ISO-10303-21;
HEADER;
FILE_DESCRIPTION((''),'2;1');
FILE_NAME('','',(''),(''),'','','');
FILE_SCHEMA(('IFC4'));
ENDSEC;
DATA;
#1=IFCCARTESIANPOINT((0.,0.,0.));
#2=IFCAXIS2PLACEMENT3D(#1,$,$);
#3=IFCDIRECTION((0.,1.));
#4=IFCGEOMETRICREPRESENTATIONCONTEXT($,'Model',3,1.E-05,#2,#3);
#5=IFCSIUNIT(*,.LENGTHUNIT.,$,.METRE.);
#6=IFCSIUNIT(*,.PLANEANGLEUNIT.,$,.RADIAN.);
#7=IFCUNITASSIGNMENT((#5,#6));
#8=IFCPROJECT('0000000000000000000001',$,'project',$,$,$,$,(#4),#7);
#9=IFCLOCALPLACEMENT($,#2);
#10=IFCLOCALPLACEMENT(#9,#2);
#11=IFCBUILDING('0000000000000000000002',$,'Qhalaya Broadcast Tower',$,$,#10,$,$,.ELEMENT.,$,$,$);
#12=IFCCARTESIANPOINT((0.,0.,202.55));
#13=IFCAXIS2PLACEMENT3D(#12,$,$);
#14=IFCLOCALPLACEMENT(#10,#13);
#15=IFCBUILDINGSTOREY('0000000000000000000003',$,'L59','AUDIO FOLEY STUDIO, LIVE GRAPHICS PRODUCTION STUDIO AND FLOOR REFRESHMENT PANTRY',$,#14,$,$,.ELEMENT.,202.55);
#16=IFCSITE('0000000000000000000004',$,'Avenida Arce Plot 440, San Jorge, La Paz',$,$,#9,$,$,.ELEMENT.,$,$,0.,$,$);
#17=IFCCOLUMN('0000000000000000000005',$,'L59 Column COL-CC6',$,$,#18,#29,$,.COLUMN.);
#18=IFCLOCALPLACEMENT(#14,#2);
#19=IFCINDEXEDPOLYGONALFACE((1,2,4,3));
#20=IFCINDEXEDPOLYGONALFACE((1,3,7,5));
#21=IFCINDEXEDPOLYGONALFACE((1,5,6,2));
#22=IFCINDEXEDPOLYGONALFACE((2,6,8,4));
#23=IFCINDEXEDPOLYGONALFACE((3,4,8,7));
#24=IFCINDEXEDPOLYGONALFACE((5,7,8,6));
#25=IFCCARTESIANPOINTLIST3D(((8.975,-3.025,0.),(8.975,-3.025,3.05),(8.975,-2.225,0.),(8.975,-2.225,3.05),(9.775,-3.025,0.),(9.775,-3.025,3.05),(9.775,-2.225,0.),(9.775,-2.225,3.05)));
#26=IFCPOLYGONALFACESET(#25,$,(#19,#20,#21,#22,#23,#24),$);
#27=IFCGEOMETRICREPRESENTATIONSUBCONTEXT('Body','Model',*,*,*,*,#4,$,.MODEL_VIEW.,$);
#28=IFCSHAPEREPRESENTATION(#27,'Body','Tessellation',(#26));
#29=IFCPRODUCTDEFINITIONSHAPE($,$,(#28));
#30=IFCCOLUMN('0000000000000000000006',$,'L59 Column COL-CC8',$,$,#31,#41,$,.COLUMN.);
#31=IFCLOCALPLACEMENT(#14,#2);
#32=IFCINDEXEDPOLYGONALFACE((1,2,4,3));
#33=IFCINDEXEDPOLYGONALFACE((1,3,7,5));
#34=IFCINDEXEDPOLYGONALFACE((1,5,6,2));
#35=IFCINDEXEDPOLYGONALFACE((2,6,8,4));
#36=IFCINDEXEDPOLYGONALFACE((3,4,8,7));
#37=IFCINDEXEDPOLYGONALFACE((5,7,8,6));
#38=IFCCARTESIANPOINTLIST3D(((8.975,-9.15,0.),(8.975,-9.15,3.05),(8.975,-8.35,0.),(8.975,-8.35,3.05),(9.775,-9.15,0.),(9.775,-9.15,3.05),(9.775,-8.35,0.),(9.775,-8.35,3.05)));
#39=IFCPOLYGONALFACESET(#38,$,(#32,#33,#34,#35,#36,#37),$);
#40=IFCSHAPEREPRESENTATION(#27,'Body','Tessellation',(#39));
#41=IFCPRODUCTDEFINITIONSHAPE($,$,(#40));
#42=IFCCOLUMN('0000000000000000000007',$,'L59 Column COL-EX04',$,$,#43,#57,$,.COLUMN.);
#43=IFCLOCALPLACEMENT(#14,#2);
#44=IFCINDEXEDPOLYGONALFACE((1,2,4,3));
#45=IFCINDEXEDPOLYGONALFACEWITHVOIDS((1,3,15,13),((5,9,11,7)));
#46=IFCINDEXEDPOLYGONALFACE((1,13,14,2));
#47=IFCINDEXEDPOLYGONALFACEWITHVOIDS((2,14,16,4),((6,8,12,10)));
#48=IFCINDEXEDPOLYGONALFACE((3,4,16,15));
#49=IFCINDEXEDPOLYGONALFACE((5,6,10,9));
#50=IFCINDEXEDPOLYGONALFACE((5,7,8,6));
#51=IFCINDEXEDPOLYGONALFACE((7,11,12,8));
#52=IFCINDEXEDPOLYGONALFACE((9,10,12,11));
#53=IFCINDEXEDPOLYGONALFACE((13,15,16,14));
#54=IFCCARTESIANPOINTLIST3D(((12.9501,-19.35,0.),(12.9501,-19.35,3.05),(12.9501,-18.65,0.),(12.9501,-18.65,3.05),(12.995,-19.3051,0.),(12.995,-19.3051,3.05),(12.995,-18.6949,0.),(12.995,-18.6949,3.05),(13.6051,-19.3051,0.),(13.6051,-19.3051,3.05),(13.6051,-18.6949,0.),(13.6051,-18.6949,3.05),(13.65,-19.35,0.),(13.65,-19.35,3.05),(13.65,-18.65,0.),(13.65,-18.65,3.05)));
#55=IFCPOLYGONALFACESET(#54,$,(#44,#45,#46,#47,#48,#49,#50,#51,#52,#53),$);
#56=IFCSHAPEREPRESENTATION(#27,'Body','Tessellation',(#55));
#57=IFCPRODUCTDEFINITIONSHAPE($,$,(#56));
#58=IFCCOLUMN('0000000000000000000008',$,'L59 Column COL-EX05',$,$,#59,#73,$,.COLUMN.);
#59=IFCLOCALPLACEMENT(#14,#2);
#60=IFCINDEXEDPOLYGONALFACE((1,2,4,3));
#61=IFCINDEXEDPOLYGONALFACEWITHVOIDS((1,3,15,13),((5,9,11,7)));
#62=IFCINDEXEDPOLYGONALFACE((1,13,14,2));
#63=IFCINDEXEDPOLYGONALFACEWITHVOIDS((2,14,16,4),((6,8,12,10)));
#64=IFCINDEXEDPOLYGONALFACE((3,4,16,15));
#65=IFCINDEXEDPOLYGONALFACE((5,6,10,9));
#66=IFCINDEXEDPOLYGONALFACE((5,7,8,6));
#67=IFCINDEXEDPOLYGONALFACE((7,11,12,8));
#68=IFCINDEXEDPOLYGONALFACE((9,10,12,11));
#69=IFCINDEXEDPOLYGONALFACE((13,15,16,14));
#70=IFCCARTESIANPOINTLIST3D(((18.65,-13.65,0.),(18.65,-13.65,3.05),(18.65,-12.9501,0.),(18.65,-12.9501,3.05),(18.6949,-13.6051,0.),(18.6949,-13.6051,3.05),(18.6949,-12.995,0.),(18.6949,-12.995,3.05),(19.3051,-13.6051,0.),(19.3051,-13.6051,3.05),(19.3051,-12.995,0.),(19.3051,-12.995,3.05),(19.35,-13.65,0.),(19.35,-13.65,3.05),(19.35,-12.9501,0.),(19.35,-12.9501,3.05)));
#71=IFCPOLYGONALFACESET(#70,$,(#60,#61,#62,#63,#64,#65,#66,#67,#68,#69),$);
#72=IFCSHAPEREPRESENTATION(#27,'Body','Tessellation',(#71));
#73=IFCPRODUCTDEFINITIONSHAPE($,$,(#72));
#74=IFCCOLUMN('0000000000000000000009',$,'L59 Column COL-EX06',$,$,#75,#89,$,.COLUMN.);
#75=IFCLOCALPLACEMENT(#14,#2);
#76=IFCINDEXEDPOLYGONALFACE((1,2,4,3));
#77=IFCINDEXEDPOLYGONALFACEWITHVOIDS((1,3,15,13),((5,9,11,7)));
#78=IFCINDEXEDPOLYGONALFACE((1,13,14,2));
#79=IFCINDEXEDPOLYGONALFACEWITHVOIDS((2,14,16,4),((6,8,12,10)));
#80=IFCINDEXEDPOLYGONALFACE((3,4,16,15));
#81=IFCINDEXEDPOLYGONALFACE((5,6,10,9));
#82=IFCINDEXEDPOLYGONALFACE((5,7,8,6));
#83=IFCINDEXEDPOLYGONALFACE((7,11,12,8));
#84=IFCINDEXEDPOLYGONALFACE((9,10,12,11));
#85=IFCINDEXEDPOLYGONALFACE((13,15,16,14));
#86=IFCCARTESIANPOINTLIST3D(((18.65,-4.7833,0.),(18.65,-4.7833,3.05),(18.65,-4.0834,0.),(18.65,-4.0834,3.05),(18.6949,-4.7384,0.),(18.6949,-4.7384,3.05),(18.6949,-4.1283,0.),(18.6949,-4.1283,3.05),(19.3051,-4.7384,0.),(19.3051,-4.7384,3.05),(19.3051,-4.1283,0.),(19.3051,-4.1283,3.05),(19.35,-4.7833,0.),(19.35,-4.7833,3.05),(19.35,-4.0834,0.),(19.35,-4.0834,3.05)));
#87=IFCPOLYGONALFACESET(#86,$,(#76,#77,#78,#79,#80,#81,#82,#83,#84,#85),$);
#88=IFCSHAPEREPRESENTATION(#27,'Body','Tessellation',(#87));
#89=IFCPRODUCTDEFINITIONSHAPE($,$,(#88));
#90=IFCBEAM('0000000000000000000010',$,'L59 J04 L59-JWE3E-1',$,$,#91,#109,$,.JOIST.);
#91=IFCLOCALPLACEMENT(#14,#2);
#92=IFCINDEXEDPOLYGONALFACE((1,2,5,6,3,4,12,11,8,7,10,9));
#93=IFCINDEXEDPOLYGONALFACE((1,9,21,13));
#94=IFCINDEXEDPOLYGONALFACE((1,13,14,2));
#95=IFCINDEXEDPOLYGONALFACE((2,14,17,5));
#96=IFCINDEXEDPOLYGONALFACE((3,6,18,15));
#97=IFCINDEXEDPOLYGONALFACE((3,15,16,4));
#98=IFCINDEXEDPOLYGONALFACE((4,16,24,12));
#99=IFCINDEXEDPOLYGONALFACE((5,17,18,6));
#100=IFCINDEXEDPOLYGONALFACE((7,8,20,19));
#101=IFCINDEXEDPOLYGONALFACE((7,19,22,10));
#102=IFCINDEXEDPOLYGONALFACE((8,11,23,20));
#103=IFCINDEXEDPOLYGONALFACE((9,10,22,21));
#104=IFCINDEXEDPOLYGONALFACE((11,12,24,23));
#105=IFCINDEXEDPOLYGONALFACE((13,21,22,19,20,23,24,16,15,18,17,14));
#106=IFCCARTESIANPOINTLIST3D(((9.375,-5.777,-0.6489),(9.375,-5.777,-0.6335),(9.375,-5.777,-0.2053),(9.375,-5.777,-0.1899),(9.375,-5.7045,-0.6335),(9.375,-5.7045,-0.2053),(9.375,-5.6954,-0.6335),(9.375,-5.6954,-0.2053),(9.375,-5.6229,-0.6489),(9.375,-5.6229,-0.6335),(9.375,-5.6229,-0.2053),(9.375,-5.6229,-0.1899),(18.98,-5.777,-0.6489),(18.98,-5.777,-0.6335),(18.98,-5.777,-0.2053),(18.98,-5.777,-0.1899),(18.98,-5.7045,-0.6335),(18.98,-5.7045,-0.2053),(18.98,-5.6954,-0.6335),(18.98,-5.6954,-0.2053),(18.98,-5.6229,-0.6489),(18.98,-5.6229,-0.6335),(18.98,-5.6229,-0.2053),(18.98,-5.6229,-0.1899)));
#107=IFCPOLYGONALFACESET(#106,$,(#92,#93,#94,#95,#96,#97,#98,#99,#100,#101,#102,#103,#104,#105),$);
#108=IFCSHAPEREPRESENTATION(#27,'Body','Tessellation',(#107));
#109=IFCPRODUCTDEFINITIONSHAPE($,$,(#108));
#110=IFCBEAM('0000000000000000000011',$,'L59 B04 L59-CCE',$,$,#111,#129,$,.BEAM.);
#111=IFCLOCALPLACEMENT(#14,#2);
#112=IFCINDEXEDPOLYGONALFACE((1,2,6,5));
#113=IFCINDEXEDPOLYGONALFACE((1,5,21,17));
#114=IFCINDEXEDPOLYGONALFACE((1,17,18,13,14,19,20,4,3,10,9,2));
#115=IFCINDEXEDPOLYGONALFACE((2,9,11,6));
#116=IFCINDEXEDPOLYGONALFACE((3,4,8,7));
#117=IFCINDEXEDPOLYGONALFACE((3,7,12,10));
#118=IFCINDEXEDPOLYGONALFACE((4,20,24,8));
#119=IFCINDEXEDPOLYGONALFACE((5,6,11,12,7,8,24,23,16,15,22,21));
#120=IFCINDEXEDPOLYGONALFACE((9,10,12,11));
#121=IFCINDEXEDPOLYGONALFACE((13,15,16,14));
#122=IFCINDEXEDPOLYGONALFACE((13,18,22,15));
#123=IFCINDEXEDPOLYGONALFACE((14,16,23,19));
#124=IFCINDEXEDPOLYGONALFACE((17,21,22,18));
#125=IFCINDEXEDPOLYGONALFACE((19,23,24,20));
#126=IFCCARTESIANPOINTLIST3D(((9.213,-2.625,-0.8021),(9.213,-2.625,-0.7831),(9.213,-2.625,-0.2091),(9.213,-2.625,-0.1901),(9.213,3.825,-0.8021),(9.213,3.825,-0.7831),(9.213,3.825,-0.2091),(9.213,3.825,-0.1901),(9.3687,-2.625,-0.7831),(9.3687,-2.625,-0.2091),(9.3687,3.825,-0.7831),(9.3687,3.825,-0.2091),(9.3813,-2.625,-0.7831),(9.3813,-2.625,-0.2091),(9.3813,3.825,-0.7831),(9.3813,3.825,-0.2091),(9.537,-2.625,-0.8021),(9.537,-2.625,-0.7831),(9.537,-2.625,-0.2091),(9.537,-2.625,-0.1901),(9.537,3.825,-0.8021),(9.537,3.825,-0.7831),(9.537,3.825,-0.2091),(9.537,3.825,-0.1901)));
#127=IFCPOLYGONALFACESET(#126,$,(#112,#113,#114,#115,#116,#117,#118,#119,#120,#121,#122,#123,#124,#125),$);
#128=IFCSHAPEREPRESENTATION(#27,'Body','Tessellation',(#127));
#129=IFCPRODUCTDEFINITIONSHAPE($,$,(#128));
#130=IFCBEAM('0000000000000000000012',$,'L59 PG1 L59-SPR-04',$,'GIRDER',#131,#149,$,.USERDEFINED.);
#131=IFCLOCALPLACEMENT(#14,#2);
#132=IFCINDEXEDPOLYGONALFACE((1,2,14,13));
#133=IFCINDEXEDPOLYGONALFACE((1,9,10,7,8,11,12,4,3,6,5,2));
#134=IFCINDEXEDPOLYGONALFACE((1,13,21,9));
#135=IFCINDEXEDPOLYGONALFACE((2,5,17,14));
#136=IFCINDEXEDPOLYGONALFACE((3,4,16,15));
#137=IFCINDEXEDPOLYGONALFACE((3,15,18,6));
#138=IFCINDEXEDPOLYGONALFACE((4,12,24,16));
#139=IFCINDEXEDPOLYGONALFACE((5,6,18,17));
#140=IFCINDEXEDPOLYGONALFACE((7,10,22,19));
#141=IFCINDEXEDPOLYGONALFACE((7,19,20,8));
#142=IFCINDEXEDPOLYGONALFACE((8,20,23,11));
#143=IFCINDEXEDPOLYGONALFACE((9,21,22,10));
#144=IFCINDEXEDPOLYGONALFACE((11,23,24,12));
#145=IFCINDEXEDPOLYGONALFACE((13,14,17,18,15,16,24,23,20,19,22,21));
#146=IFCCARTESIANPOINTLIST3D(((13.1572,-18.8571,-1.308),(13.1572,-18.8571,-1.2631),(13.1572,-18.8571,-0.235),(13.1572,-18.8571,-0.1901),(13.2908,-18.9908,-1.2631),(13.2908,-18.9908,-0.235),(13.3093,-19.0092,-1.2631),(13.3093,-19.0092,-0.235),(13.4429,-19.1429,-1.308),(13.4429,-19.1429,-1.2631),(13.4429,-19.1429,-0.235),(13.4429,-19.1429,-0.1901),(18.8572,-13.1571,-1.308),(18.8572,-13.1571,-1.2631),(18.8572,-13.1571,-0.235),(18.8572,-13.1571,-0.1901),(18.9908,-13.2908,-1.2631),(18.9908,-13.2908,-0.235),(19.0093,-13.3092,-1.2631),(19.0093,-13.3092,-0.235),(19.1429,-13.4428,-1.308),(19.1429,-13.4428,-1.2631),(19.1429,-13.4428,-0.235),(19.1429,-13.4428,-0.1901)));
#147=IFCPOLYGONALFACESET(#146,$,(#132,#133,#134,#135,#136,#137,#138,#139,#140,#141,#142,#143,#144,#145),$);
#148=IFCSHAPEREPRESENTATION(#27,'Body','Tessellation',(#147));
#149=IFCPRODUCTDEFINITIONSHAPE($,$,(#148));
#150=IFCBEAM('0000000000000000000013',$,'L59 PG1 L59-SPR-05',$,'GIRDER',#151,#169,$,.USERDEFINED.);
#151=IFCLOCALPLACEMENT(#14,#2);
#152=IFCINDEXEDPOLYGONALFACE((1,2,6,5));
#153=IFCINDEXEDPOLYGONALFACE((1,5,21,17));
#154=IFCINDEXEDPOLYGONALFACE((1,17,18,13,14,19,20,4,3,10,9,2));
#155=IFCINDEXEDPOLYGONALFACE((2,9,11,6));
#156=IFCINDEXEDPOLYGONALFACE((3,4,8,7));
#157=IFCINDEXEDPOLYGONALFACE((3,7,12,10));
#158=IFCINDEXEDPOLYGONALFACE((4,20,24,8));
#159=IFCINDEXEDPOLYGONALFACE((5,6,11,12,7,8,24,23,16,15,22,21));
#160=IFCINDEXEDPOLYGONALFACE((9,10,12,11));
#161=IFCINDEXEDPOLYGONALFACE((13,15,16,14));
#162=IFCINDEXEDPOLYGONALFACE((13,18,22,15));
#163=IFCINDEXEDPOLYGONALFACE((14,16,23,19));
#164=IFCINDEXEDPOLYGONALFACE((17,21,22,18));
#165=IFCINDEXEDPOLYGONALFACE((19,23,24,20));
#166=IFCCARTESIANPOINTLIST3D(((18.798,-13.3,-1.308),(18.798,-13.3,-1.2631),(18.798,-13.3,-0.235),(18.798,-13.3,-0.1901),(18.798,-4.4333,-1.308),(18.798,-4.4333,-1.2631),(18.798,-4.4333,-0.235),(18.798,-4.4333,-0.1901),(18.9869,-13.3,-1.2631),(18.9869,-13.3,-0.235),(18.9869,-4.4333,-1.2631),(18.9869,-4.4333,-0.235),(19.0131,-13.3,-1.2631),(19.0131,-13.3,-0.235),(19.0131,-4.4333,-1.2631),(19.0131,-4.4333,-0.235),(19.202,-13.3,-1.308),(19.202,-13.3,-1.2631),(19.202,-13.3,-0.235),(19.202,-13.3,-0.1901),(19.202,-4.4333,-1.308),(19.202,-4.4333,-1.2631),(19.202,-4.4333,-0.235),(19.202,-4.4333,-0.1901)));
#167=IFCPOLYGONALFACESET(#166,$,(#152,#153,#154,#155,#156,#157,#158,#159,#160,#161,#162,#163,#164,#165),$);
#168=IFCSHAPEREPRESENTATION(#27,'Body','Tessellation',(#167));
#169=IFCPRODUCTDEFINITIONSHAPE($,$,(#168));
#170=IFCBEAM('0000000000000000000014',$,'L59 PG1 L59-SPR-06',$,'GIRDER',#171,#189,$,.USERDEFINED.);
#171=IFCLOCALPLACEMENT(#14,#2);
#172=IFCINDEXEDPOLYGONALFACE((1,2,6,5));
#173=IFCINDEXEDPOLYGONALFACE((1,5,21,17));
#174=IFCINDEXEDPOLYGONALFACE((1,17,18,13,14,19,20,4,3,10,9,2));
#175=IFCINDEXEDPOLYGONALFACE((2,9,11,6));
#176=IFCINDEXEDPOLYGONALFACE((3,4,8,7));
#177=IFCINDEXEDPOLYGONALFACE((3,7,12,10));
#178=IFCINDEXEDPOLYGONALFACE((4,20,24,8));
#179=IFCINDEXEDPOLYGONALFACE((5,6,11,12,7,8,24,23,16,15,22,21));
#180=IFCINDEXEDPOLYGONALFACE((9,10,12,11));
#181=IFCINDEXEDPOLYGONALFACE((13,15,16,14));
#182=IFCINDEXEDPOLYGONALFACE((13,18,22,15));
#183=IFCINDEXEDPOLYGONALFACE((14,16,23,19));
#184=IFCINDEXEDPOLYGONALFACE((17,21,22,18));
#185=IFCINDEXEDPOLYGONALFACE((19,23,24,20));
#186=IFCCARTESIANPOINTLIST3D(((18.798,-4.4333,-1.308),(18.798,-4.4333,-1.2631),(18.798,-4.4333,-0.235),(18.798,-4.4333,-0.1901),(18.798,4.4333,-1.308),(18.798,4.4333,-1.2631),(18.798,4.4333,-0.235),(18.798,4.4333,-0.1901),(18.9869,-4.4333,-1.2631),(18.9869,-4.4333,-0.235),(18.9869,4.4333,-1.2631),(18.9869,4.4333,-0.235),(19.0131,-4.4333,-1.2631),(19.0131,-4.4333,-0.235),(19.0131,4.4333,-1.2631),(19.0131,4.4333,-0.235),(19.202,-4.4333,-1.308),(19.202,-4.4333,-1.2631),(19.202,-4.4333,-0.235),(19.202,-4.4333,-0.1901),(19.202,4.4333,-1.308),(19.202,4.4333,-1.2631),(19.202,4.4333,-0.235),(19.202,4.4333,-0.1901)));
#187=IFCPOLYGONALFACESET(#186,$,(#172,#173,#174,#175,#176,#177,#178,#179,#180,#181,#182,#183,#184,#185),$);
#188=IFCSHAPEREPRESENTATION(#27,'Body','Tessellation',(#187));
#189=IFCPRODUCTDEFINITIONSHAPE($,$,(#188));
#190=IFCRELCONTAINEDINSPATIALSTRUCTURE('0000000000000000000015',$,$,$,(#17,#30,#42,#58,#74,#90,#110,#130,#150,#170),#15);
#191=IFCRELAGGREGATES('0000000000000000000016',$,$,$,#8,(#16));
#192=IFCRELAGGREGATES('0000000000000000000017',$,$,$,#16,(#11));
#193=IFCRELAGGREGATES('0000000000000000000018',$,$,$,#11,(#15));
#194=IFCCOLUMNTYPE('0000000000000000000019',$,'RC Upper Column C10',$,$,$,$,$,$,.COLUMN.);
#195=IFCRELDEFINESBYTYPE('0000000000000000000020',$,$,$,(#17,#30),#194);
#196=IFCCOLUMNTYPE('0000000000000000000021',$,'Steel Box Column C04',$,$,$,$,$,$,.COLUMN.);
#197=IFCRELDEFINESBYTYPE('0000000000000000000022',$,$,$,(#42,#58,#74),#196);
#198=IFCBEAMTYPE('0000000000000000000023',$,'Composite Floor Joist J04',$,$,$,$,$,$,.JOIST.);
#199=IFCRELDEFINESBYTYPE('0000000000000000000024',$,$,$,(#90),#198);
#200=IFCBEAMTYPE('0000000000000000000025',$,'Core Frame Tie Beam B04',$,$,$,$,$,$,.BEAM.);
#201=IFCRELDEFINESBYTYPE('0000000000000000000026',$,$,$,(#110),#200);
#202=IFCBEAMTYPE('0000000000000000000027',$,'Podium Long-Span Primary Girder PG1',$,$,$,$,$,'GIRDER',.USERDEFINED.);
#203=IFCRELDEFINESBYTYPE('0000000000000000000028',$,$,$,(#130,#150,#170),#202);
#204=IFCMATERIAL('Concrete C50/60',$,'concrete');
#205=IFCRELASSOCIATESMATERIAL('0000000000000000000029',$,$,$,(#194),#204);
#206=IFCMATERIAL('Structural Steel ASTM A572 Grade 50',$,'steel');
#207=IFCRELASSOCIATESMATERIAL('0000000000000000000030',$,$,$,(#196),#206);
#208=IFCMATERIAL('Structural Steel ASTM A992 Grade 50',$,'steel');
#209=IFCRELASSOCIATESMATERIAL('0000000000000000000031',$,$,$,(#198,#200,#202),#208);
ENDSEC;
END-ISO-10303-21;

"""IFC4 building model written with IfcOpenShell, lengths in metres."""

from ifc_helpers import new_model, si_unit, direction, frame, origin, origin_2d, place, context, subcontext, project, spatial, rectangle, hollow_rectangle, i_section, extrude, material, material_profile, profile_set, type_object, element, save


model = new_model("IFC4")

# Units and contexts
model_context = context("Model", 3, precision=1e-05, world=origin(), true_north=direction((0.0, 1.0)))
body_context = subcontext(model_context, "Body", "Model", "MODEL_VIEW")
ifc_project = project(units=[si_unit("LENGTHUNIT", "METRE"), si_unit("PLANEANGLEUNIT", "RADIAN")], contexts=[model_context])

# Site, building, storey
site_placement = place(None, origin())
site = spatial("IfcSite", under=ifc_project, at=site_placement, Name="Avenida Arce Plot 440, San Jorge, La Paz", CompositionType="ELEMENT", RefElevation=0.0)
building_placement = place(site_placement, origin())
building = spatial("IfcBuilding", under=site, at=building_placement, Name="Qhalaya Broadcast Tower", CompositionType="ELEMENT")
storey_placement = place(building_placement, frame((0.0, 0.0, 202.55)))
storey = spatial("IfcBuildingStorey", under=building, at=storey_placement, Name="L59", Description="AUDIO FOLEY STUDIO, LIVE GRAPHICS PRODUCTION STUDIO AND FLOOR REFRESHMENT PANTRY", CompositionType="ELEMENT", Elevation=202.55)

# Columns
ifc_material_1 = material(Name="Concrete C50/60", Category="concrete")
ifc_material_profile_1 = material_profile(ifc_material_1, rectangle(XDim=0.8, YDim=0.8, at=origin_2d()), Name="RC-COL 800x800")
ifc_profile_set_1 = profile_set([ifc_material_profile_1], Name="Concrete C50/60")
column_type_1 = type_object("IfcColumnType", Name="RC Upper Column C10", PredefinedType="COLUMN", material=ifc_profile_set_1)
for number, where, z_axis, x_axis, name in (
    (1, (9.375, -2.625, 0.0), (0.0, 0.0, 1.0), (1.0, 0.0, 0.0), "L59 Column COL-CC6"),
    (2, (9.375, -8.75, 0.0), (0.0, 0.0, 1.0), (1.0, 0.0, 0.0), "L59 Column COL-CC8"),
):
    element("IfcColumn", number, at=place(storey_placement, frame(where, z_axis=z_axis, x_axis=x_axis)), inside=storey, type_object=column_type_1, Name=name, PredefinedType="COLUMN", context=body_context, shape_type="SweptSolid", body=[
        extrude(rectangle(XDim=0.8, YDim=0.8, at=origin_2d()), origin(), (0.0, 0.0, 1.0), 3.05),
    ])
ifc_material_2 = material(Name="Structural Steel ASTM A572 Grade 50", Category="steel")
ifc_material_profile_2 = material_profile(ifc_material_2, hollow_rectangle(XDim=0.7, YDim=0.7, WallThickness=0.0449, at=origin_2d()), Name="BOX 700x700x45")
ifc_profile_set_2 = profile_set([ifc_material_profile_2], Name="Structural Steel ASTM A572 Grade 50")
column_type_2 = type_object("IfcColumnType", Name="Steel Box Column C04", PredefinedType="COLUMN", material=ifc_profile_set_2)
for number, where, z_axis, x_axis, name in (
    (3, (13.3, -19.0, 0.0), (0.0, 0.0, 1.0), (1.0, 0.0, 0.0), "L59 Column COL-EX04"),
    (4, (19.0, -13.3, 0.0), (0.0, 0.0, 1.0), (0.0, 1.0, 0.0), "L59 Column COL-EX05"),
    (5, (19.0, -4.4333, 0.0), (0.0, 0.0, 1.0), (0.0, 1.0, 0.0), "L59 Column COL-EX06"),
):
    element("IfcColumn", number, at=place(storey_placement, frame(where, z_axis=z_axis, x_axis=x_axis)), inside=storey, type_object=column_type_2, Name=name, PredefinedType="COLUMN", context=body_context, shape_type="SweptSolid", body=[
        extrude(hollow_rectangle(XDim=0.7, YDim=0.7, WallThickness=0.0449, at=origin_2d()), origin(), (0.0, 0.0, 1.0), 3.05),
    ])

# Beams
ifc_material_3 = material(Name="Structural Steel ASTM A992 Grade 50", Category="steel")
ifc_material_profile_3 = material_profile(ifc_material_3, i_section(OverallWidth=0.1541, OverallDepth=0.459, WebThickness=0.009, FlangeThickness=0.0154, at=origin_2d()), Name="W18X46")
ifc_profile_set_3 = profile_set([ifc_material_profile_3], Name="Structural Steel ASTM A992 Grade 50")
beam_type_1 = type_object("IfcBeamType", Name="Composite Floor Joist J04", PredefinedType="JOIST", material=ifc_profile_set_3)
beam_1_placement = place(storey_placement, frame((9.375, -5.7, -0.4194), z_axis=(1.0, 0.0, 0.0), x_axis=(0.0, 1.0, 0.0)))
element("IfcBeam", 6, at=beam_1_placement, inside=storey, type_object=beam_type_1, Name="L59 J04 L59-JWE3E-1", PredefinedType="JOIST", context=body_context, shape_type="SweptSolid", body=[
    extrude(i_section(OverallWidth=0.1541, OverallDepth=0.459, WebThickness=0.009, FlangeThickness=0.0154, at=origin_2d()), origin(), (0.0, 0.0, 1.0), 9.605),
])
ifc_material_profile_4 = material_profile(ifc_material_3, i_section(OverallWidth=0.324, OverallDepth=0.6121, WebThickness=0.0127, FlangeThickness=0.019, at=origin_2d()), Name="W24X104")
ifc_profile_set_4 = profile_set([ifc_material_profile_4], Name="Structural Steel ASTM A992 Grade 50")
beam_type_2 = type_object("IfcBeamType", Name="Core Frame Tie Beam B04", PredefinedType="BEAM", material=ifc_profile_set_4)
beam_2_placement = place(storey_placement, frame((9.375, -2.625, -0.4961), z_axis=(0.0, 1.0, 0.0), x_axis=(-1.0, 0.0, 0.0)))
element("IfcBeam", 7, at=beam_2_placement, inside=storey, type_object=beam_type_2, Name="L59 B04 L59-CCE", PredefinedType="BEAM", context=body_context, shape_type="SweptSolid", body=[
    extrude(i_section(OverallWidth=0.324, OverallDepth=0.6121, WebThickness=0.0127, FlangeThickness=0.019, at=origin_2d()), origin(), (0.0, 0.0, 1.0), 6.45),
])
ifc_material_profile_5 = material_profile(ifc_material_3, i_section(OverallWidth=0.4041, OverallDepth=1.1179, WebThickness=0.0261, FlangeThickness=0.0449, at=origin_2d()), Name="W44X335")
ifc_profile_set_5 = profile_set([ifc_material_profile_5], Name="Structural Steel ASTM A992 Grade 50")
beam_type_3 = type_object("IfcBeamType", Name="Podium Long-Span Primary Girder PG1", ElementType="GIRDER", PredefinedType="USERDEFINED", material=ifc_profile_set_5)
beam_3_placement = place(storey_placement, frame((13.3, -19.0, -0.749), z_axis=(0.707107, 0.707107, 0.0), x_axis=(-0.707107, 0.707107, 0.0)))
element("IfcBeam", 8, at=beam_3_placement, inside=storey, type_object=beam_type_3, Name="L59 PG1 L59-SPR-04", ObjectType="GIRDER", PredefinedType="USERDEFINED", context=body_context, shape_type="SweptSolid", body=[
    extrude(i_section(OverallWidth=0.4041, OverallDepth=1.1179, WebThickness=0.0261, FlangeThickness=0.0449, at=origin_2d()), origin(), (0.0, 0.0, 1.0), 8.061),
])
for number, where, z_axis, x_axis, name in (
    (9, (19.0, -13.3, -0.749), (0.0, 1.0, 0.0), (-1.0, 0.0, 0.0), "L59 PG1 L59-SPR-05"),
    (10, (19.0, -4.4333, -0.749), (0.0, 1.0, 0.0), (-1.0, 0.0, 0.0), "L59 PG1 L59-SPR-06"),
):
    element("IfcBeam", number, at=place(storey_placement, frame(where, z_axis=z_axis, x_axis=x_axis)), inside=storey, type_object=beam_type_3, Name=name, ObjectType="GIRDER", PredefinedType="USERDEFINED", context=body_context, shape_type="SweptSolid", body=[
        extrude(i_section(OverallWidth=0.4041, OverallDepth=1.1179, WebThickness=0.0261, FlangeThickness=0.0449, at=origin_2d()), origin(), (0.0, 0.0, 1.0), 8.8667),
    ])

save(model, "model.ifc")
